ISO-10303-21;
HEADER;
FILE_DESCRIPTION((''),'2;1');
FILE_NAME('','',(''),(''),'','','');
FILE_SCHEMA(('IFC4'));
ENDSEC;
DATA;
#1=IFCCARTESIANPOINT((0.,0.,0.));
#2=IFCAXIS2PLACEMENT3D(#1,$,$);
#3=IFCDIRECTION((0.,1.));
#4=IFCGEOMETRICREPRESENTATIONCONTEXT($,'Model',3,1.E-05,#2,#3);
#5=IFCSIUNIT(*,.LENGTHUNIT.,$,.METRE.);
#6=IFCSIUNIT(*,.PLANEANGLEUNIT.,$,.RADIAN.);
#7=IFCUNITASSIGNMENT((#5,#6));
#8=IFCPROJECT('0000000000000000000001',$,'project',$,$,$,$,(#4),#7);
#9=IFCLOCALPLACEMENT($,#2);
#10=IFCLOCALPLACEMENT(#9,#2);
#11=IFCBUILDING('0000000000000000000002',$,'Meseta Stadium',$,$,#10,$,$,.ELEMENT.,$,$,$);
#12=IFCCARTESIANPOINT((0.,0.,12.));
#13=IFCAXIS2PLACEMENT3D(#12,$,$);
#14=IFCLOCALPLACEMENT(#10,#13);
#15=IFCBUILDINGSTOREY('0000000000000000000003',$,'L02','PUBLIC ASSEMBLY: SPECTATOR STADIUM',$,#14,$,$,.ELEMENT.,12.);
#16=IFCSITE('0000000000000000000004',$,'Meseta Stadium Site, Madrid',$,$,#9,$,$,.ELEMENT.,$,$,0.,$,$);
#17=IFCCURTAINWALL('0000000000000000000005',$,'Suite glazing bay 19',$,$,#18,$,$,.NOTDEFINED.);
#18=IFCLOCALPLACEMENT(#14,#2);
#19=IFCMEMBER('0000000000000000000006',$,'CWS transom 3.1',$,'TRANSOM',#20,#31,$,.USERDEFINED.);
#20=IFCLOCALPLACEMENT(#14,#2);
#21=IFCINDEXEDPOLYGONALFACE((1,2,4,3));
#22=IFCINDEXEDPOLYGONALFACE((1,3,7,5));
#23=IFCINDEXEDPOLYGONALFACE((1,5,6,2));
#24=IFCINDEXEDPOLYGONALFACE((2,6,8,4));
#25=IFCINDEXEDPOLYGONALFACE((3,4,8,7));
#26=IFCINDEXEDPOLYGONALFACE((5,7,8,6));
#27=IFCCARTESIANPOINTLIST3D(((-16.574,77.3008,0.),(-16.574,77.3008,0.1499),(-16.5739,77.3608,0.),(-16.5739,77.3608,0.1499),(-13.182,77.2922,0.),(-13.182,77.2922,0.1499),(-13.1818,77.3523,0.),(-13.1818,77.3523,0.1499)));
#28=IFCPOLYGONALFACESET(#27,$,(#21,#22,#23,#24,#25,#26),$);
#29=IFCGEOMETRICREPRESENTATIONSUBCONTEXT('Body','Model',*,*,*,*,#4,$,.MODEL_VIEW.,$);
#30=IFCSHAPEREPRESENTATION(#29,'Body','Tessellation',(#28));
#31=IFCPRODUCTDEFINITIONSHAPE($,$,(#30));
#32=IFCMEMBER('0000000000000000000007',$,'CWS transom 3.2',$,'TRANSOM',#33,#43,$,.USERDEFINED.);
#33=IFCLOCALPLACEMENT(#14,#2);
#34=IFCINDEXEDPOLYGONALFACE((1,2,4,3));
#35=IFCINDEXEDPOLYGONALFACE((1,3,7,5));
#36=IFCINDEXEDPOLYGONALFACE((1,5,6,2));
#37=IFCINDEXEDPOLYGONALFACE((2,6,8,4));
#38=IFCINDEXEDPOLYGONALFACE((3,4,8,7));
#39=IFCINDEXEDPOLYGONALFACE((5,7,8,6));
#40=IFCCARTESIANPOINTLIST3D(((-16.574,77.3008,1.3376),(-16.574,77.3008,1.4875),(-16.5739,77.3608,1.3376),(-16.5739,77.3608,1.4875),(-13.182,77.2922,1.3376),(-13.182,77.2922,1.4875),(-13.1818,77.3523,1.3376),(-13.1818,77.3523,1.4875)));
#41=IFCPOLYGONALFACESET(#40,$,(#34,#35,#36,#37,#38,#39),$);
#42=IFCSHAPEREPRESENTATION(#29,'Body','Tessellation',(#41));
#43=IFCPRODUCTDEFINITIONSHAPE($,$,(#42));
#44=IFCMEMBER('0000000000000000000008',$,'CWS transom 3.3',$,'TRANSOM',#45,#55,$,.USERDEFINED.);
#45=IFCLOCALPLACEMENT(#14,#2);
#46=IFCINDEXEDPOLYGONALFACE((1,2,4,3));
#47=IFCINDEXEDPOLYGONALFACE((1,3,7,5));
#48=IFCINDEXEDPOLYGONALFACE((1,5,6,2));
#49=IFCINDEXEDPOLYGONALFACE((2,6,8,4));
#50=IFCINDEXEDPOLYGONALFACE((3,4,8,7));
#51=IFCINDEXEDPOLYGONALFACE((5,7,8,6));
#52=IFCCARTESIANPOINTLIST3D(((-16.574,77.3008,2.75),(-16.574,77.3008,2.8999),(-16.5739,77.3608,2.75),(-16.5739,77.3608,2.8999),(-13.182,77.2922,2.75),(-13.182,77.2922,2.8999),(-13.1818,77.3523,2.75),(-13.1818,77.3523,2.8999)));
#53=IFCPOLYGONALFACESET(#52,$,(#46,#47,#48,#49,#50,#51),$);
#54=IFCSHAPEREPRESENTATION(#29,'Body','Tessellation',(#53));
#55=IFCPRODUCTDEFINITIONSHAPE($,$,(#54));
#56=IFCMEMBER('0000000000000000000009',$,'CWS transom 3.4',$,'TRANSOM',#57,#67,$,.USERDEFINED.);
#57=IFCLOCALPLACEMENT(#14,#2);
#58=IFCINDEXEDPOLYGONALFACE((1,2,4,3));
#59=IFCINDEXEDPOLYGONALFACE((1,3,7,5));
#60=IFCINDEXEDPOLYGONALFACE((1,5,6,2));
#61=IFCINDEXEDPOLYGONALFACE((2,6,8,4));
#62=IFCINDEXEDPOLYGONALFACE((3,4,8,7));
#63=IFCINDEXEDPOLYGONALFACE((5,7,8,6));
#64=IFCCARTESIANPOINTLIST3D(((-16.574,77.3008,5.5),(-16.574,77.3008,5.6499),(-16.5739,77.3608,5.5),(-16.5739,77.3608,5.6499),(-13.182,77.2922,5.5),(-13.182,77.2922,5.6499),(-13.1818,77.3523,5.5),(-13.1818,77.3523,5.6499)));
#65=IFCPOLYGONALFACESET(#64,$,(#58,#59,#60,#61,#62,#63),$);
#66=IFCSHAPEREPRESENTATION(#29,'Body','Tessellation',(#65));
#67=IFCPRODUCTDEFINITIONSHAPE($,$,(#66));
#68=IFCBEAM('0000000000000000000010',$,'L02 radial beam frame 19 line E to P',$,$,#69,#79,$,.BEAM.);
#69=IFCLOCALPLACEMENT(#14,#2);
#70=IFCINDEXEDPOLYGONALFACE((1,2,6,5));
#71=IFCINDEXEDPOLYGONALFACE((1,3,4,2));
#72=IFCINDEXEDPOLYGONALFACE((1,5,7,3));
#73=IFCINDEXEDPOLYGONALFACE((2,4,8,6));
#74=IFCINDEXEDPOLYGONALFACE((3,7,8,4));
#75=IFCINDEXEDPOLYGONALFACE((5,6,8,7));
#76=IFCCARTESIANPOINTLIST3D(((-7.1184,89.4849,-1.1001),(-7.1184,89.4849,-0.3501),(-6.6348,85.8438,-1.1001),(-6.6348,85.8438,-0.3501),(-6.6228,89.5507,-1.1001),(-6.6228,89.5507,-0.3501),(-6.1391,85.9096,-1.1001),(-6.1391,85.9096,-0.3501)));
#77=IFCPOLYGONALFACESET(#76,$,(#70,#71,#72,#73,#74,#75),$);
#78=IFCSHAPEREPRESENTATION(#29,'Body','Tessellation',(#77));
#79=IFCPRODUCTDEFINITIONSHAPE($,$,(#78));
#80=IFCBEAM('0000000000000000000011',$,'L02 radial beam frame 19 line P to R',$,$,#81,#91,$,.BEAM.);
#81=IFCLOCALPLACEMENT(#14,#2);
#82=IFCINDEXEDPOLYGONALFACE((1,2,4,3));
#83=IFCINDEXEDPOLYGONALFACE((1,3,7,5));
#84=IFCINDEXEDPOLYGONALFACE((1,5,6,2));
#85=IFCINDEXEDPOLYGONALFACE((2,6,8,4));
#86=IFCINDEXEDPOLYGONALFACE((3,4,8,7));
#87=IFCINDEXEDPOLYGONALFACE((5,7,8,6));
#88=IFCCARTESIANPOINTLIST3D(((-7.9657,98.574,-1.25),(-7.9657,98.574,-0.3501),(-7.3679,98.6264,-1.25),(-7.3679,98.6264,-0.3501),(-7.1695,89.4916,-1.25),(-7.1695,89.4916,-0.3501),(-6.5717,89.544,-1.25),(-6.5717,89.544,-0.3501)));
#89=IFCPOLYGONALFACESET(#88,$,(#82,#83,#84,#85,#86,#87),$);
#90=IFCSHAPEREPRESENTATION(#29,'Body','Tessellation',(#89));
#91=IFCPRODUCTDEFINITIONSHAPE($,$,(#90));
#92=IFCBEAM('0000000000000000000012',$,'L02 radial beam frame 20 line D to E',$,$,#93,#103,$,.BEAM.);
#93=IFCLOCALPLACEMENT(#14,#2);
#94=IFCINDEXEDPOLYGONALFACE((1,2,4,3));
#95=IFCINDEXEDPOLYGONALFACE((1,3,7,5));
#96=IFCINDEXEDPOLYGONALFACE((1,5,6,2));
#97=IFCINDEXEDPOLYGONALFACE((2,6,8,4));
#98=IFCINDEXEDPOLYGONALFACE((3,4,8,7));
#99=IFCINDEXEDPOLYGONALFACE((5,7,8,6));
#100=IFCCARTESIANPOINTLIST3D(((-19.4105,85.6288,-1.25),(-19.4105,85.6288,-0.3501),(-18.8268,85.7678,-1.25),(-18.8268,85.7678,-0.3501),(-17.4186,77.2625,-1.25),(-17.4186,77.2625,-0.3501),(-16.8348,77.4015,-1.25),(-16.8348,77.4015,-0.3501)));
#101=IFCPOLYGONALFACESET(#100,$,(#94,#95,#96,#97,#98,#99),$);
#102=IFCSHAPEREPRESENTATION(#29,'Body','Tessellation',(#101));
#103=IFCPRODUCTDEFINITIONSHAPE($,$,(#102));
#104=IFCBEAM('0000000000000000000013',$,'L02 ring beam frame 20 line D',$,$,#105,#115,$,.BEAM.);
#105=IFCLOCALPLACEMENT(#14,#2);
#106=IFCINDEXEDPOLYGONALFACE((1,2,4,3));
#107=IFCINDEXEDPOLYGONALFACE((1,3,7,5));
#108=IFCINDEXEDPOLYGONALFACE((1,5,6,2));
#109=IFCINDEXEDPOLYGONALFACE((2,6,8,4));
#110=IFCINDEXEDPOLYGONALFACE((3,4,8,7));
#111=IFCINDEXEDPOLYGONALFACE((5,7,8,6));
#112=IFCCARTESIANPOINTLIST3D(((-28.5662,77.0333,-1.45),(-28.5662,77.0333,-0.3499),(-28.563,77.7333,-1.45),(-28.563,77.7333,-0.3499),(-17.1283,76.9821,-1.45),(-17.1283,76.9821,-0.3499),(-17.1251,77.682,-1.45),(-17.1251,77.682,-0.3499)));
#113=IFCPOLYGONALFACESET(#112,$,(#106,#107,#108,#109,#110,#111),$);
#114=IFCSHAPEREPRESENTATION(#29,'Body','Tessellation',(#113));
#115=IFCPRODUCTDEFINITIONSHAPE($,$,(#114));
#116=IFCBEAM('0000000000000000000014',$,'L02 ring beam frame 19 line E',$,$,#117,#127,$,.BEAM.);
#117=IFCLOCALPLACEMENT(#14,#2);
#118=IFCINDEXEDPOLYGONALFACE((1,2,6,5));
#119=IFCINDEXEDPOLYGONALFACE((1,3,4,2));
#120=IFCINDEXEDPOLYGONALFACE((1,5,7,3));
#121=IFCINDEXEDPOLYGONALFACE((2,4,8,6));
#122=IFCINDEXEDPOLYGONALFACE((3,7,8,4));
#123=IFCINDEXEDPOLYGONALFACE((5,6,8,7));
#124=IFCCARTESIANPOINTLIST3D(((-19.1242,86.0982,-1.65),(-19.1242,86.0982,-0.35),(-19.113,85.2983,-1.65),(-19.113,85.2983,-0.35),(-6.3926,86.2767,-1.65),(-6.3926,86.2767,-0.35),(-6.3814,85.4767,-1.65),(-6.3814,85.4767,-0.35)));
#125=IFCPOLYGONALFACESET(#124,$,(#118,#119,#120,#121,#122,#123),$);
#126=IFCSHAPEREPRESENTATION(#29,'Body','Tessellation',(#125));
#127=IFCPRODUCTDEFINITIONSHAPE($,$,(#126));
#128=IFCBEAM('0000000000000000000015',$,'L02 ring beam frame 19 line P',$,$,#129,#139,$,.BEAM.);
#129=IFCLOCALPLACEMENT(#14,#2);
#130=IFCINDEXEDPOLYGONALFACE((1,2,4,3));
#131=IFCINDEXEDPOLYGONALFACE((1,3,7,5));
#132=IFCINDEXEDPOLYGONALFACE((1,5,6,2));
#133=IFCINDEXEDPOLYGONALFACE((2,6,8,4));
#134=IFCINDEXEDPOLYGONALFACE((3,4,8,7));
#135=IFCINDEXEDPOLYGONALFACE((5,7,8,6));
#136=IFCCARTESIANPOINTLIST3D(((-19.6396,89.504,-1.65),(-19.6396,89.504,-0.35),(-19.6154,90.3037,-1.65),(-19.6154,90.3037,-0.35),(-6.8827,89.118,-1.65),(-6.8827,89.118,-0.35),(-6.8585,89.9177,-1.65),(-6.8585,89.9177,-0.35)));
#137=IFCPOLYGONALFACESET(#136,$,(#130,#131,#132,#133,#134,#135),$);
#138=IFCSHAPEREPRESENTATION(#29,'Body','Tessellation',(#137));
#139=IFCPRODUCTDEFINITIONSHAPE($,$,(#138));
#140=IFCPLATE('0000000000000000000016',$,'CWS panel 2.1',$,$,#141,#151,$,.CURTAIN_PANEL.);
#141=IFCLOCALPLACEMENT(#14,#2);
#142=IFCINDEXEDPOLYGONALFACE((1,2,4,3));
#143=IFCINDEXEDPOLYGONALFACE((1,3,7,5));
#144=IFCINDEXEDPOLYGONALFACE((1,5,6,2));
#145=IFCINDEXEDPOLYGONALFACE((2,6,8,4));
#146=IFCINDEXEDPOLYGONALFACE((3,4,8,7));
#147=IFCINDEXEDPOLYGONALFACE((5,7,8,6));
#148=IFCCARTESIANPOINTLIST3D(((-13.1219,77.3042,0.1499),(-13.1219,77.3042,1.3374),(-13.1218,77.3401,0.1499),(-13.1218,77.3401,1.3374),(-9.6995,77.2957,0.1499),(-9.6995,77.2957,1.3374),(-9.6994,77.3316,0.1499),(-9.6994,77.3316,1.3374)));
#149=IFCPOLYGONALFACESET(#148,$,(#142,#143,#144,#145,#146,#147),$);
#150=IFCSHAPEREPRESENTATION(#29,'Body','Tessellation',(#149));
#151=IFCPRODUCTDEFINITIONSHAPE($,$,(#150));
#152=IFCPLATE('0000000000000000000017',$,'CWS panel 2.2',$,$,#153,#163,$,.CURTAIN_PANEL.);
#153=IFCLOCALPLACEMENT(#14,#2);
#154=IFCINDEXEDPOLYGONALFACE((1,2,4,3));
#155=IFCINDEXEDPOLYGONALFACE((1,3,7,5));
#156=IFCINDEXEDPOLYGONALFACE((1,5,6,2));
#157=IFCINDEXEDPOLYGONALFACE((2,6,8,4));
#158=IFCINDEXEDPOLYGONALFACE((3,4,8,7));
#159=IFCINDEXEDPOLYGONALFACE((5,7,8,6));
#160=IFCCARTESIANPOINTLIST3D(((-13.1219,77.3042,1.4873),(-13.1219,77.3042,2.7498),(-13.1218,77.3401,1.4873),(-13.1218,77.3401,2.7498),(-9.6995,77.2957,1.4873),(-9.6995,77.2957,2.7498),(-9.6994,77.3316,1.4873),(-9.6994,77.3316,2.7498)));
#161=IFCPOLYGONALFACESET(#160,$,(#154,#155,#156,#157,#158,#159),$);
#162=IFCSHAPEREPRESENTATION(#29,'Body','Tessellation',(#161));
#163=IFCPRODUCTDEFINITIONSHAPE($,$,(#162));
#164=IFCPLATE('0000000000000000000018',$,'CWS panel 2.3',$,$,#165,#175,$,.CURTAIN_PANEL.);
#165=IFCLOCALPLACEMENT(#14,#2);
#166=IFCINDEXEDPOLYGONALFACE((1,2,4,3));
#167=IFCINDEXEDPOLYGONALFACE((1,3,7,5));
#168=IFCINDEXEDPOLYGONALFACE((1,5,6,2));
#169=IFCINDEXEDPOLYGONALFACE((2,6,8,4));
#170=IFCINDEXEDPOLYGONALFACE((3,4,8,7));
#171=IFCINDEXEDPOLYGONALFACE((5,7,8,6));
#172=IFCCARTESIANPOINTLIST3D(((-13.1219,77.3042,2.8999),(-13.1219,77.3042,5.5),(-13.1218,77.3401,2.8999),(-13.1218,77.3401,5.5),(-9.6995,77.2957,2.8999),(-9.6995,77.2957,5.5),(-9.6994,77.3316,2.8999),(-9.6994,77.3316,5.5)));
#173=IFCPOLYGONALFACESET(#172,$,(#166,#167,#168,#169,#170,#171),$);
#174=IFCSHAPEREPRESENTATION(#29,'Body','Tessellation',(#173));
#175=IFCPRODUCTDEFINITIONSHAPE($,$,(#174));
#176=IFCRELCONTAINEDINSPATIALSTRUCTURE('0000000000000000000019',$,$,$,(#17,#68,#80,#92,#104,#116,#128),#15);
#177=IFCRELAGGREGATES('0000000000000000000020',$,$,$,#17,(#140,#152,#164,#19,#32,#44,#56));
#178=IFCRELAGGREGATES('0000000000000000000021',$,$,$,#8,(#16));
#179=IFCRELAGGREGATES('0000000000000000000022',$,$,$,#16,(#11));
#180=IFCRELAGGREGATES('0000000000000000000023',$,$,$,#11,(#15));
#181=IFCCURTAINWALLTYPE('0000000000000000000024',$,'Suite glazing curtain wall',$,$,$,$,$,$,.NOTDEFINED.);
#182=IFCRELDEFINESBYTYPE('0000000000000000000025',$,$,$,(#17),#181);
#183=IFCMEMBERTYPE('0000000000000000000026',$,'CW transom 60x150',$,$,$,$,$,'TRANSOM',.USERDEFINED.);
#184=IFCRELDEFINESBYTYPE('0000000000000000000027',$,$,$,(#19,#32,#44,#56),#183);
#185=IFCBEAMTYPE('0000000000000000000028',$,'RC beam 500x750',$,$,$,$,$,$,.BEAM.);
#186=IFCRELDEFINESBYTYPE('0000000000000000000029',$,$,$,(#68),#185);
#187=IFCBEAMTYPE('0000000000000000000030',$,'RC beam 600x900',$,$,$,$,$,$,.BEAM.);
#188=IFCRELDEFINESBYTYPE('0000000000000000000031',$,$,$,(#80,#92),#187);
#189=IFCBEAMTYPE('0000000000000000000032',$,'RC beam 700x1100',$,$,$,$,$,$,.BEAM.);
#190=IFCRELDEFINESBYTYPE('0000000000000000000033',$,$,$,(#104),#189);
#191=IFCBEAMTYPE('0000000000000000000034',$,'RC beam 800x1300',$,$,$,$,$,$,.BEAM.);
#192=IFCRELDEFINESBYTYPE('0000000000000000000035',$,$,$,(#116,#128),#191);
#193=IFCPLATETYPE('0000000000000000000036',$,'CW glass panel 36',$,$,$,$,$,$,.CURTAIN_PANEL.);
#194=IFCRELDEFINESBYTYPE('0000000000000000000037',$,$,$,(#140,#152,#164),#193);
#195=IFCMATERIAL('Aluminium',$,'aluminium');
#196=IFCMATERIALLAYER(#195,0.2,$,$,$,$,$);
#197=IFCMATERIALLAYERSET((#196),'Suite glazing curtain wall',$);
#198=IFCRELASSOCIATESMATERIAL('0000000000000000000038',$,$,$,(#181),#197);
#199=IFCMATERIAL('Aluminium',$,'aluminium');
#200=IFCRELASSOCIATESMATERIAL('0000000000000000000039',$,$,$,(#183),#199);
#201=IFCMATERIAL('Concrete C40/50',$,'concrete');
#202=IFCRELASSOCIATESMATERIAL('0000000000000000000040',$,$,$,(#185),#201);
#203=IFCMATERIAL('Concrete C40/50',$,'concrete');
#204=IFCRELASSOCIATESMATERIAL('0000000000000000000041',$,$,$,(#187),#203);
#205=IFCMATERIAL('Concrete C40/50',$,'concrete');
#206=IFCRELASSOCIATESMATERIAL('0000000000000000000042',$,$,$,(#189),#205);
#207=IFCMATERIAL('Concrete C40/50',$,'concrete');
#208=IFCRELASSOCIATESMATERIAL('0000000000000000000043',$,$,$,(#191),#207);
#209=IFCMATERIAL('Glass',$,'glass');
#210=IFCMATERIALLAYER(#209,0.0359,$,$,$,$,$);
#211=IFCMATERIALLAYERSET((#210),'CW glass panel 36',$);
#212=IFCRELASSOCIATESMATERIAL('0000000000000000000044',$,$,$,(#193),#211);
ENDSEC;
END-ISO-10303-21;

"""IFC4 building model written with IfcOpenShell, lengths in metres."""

from ifc_helpers import new_model, si_unit, direction, frame, origin, origin_2d, place, context, subcontext, project, spatial, rectangle, extrude, material, layer, layer_set, material_profile, profile_set, type_object, element, aggregate, save


model = new_model("IFC4")

# Units and contexts
model_context = context("Model", 3, precision=1e-05, world=origin(), true_north=direction((0.0, 1.0)))
body_context = subcontext(model_context, "Body", "Model", "MODEL_VIEW")
ifc_project = project(units=[si_unit("LENGTHUNIT", "METRE"), si_unit("PLANEANGLEUNIT", "RADIAN")], contexts=[model_context])

# Site, building, storey
site_placement = place(None, origin())
site = spatial("IfcSite", under=ifc_project, at=site_placement, Name="Meseta Stadium Site, Madrid", CompositionType="ELEMENT", RefElevation=0.0)
building_placement = place(site_placement, origin())
building = spatial("IfcBuilding", under=site, at=building_placement, Name="Meseta Stadium", CompositionType="ELEMENT")
storey_placement = place(building_placement, frame((0.0, 0.0, 12.0)))
storey = spatial("IfcBuildingStorey", under=building, at=storey_placement, Name="L02", Description="PUBLIC ASSEMBLY: SPECTATOR STADIUM", CompositionType="ELEMENT", Elevation=12.0)

# Curtain wall, members
ifc_material_1 = material(Name="Aluminium", Category="aluminium")
ifc_layer_1 = layer(ifc_material_1, 0.2)
ifc_layer_set_1 = layer_set([ifc_layer_1], Name="Suite glazing curtain wall")
curtain_wall_type = type_object("IfcCurtainWallType", Name="Suite glazing curtain wall", PredefinedType="NOTDEFINED", material=ifc_layer_set_1)
curtain_wall_placement = place(storey_placement, origin())
curtain_wall = element("IfcCurtainWall", 1, at=curtain_wall_placement, inside=storey, type_object=curtain_wall_type, Name="Suite glazing bay 19", PredefinedType="NOTDEFINED")
ifc_material_2 = material(Name="Aluminium", Category="aluminium")
ifc_material_profile_1 = material_profile(ifc_material_2, rectangle(XDim=0.0601, YDim=0.1499, at=origin_2d()), Name="CW 60x150")
ifc_profile_set_1 = profile_set([ifc_material_profile_1], Name="Aluminium")
member_type_1 = type_object("IfcMemberType", Name="CW transom 60x150", ElementType="TRANSOM", PredefinedType="USERDEFINED", material=ifc_profile_set_1)
member_1_placement = place(storey_placement, frame((-13.1819, 77.3223, 0.075), z_axis=(-0.999997, 0.002519, 0.0), x_axis=(-0.002519, -0.999997, 0.0)))
member_1 = element("IfcMember", 2, at=member_1_placement, type_object=member_type_1, Name="CWS transom 3.1", ObjectType="TRANSOM", PredefinedType="USERDEFINED", context=body_context, shape_type="SweptSolid", body=[
    extrude(rectangle(XDim=0.0601, YDim=0.1499, at=origin_2d()), origin(), (0.0, 0.0, 1.0), 3.3921),
])
member_2_placement = place(storey_placement, frame((-13.1819, 77.3223, 1.4126), z_axis=(-0.999997, 0.002519, 0.0), x_axis=(-0.002519, -0.999997, 0.0)))
member_2 = element("IfcMember", 3, at=member_2_placement, type_object=member_type_1, Name="CWS transom 3.2", ObjectType="TRANSOM", PredefinedType="USERDEFINED", context=body_context, shape_type="SweptSolid", body=[
    extrude(rectangle(XDim=0.0601, YDim=0.1499, at=origin_2d()), origin(), (0.0, 0.0, 1.0), 3.3921),
])
member_3_placement = place(storey_placement, frame((-13.1819, 77.3223, 2.825), z_axis=(-0.999997, 0.002519, 0.0), x_axis=(-0.002519, -0.999997, 0.0)))
member_3 = element("IfcMember", 4, at=member_3_placement, type_object=member_type_1, Name="CWS transom 3.3", ObjectType="TRANSOM", PredefinedType="USERDEFINED", context=body_context, shape_type="SweptSolid", body=[
    extrude(rectangle(XDim=0.0601, YDim=0.1499, at=origin_2d()), origin(), (0.0, 0.0, 1.0), 3.3921),
])
member_4_placement = place(storey_placement, frame((-13.1819, 77.3223, 5.575), z_axis=(-0.999997, 0.002519, 0.0), x_axis=(-0.002519, -0.999997, 0.0)))
member_4 = element("IfcMember", 5, at=member_4_placement, type_object=member_type_1, Name="CWS transom 3.4", ObjectType="TRANSOM", PredefinedType="USERDEFINED", context=body_context, shape_type="SweptSolid", body=[
    extrude(rectangle(XDim=0.0601, YDim=0.1499, at=origin_2d()), origin(), (0.0, 0.0, 1.0), 3.3921),
])

# Beams
ifc_material_3 = material(Name="Concrete C40/50", Category="concrete")
ifc_material_profile_2 = material_profile(ifc_material_3, rectangle(XDim=0.5, YDim=0.75, at=origin_2d()), Name="RC 500x750")
ifc_profile_set_2 = profile_set([ifc_material_profile_2], Name="Concrete C40/50")
beam_type_1 = type_object("IfcBeamType", Name="RC beam 500x750", PredefinedType="BEAM", material=ifc_profile_set_2)
beam_1_placement = place(storey_placement, frame((-6.387, 85.8767, -0.7251), z_axis=(-0.131672, 0.991293, 0.0), x_axis=(-0.991293, -0.131672, 0.0)))
element("IfcBeam", 6, at=beam_1_placement, inside=storey, type_object=beam_type_1, Name="L02 radial beam frame 19 line E to P", PredefinedType="BEAM", context=body_context, shape_type="SweptSolid", body=[
    extrude(rectangle(XDim=0.5, YDim=0.75, at=origin_2d()), origin(), (0.0, 0.0, 1.0), 3.6731),
])
ifc_material_4 = material(Name="Concrete C40/50", Category="concrete")
ifc_material_profile_3 = material_profile(ifc_material_4, rectangle(XDim=0.6001, YDim=0.8999, at=origin_2d()), Name="RC 600x900")
ifc_profile_set_3 = profile_set([ifc_material_profile_3], Name="Concrete C40/50")
beam_type_2 = type_object("IfcBeamType", Name="RC beam 600x900", PredefinedType="BEAM", material=ifc_profile_set_3)
beam_2_placement = place(storey_placement, frame((-6.8706, 89.5178, -0.8), z_axis=(-0.087324, 0.99618, 0.0), x_axis=(-0.99618, -0.087324, 0.0)))
element("IfcBeam", 7, at=beam_2_placement, inside=storey, type_object=beam_type_2, Name="L02 radial beam frame 19 line P to R", PredefinedType="BEAM", context=body_context, shape_type="SweptSolid", body=[
    extrude(rectangle(XDim=0.6001, YDim=0.8999, at=origin_2d()), origin(), (0.0, 0.0, 1.0), 9.1172),
])
beam_3_placement = place(storey_placement, frame((-17.1267, 77.332, -0.8), z_axis=(-0.231619, 0.972807, 0.0), x_axis=(-0.972807, -0.231619, 0.0)))
element("IfcBeam", 8, at=beam_3_placement, inside=storey, type_object=beam_type_2, Name="L02 radial beam frame 20 line D to E", PredefinedType="BEAM", context=body_context, shape_type="SweptSolid", body=[
    extrude(rectangle(XDim=0.6001, YDim=0.8999, at=origin_2d()), origin(), (0.0, 0.0, 1.0), 8.6001),
])
ifc_material_5 = material(Name="Concrete C40/50", Category="concrete")
ifc_material_profile_4 = material_profile(ifc_material_5, rectangle(XDim=0.7, YDim=1.1001, at=origin_2d()), Name="RC 700x1100")
ifc_profile_set_4 = profile_set([ifc_material_profile_4], Name="Concrete C40/50")
beam_type_3 = type_object("IfcBeamType", Name="RC beam 700x1100", PredefinedType="BEAM", material=ifc_profile_set_4)
beam_4_placement = place(storey_placement, frame((-17.1267, 77.332, -0.8999), z_axis=(-0.99999, 0.004482, 0.0), x_axis=(-0.004482, -0.99999, 0.0)))
element("IfcBeam", 9, at=beam_4_placement, inside=storey, type_object=beam_type_3, Name="L02 ring beam frame 20 line D", PredefinedType="BEAM", context=body_context, shape_type="SweptSolid", body=[
    extrude(rectangle(XDim=0.7, YDim=1.1001, at=origin_2d()), origin(), (0.0, 0.0, 1.0), 11.438),
])
ifc_material_6 = material(Name="Concrete C40/50", Category="concrete")
ifc_material_profile_5 = material_profile(ifc_material_6, rectangle(XDim=0.8, YDim=1.3, at=origin_2d()), Name="RC 800x1300")
ifc_profile_set_5 = profile_set([ifc_material_profile_5], Name="Concrete C40/50")
beam_type_4 = type_object("IfcBeamType", Name="RC beam 800x1300", PredefinedType="BEAM", material=ifc_profile_set_5)
beam_5_placement = place(storey_placement, frame((-6.387, 85.8767, -1.0), z_axis=(-0.999902, -0.014016, 0.0), x_axis=(0.014016, -0.999902, 0.0)))
element("IfcBeam", 10, at=beam_5_placement, inside=storey, type_object=beam_type_4, Name="L02 ring beam frame 19 line E", PredefinedType="BEAM", context=body_context, shape_type="SweptSolid", body=[
    extrude(rectangle(XDim=0.8, YDim=1.3, at=origin_2d()), origin(), (0.0, 0.0, 1.0), 12.7329),
])
beam_6_placement = place(storey_placement, frame((-6.8706, 89.5178, -1.0), z_axis=(-0.999543, 0.030243, 0.0), x_axis=(-0.030243, -0.999543, 0.0)))
element("IfcBeam", 11, at=beam_6_placement, inside=storey, type_object=beam_type_4, Name="L02 ring beam frame 19 line P", PredefinedType="BEAM", context=body_context, shape_type="SweptSolid", body=[
    extrude(rectangle(XDim=0.8, YDim=1.3, at=origin_2d()), origin(), (0.0, 0.0, 1.0), 12.7627),
])

# Plates
ifc_material_7 = material(Name="Glass", Category="glass")
ifc_layer_2 = layer(ifc_material_7, 0.0359)
ifc_layer_set_2 = layer_set([ifc_layer_2], Name="CW glass panel 36")
plate_type = type_object("IfcPlateType", Name="CW glass panel 36", PredefinedType="CURTAIN_PANEL", material=ifc_layer_set_2)
plate_1_placement = place(storey_placement, frame((-11.4106, 77.3179, 0.1499), z_axis=(0.0, 0.0, 1.0), x_axis=(-0.999997, 0.002486, 0.0)))
plate_1 = element("IfcPlate", 12, at=plate_1_placement, type_object=plate_type, Name="CWS panel 2.1", PredefinedType="CURTAIN_PANEL", context=body_context, shape_type="SweptSolid", body=[
    extrude(rectangle(XDim=3.4224, YDim=0.0359, at=origin_2d()), origin(), (0.0, 0.0, 1.0), 1.1875),
])
plate_2_placement = place(storey_placement, frame((-11.4106, 77.3179, 1.4873), z_axis=(0.0, 0.0, 1.0), x_axis=(-0.999997, 0.002486, 0.0)))
plate_2 = element("IfcPlate", 13, at=plate_2_placement, type_object=plate_type, Name="CWS panel 2.2", PredefinedType="CURTAIN_PANEL", context=body_context, shape_type="SweptSolid", body=[
    extrude(rectangle(XDim=3.4224, YDim=0.0359, at=origin_2d()), origin(), (0.0, 0.0, 1.0), 1.2625),
])
plate_3_placement = place(storey_placement, frame((-11.4106, 77.3179, 2.8999), z_axis=(0.0, 0.0, 1.0), x_axis=(-0.999997, 0.002486, 0.0)))
plate_3 = element("IfcPlate", 14, at=plate_3_placement, type_object=plate_type, Name="CWS panel 2.3", PredefinedType="CURTAIN_PANEL", context=body_context, shape_type="SweptSolid", body=[
    extrude(rectangle(XDim=3.4224, YDim=0.0359, at=origin_2d()), origin(), (0.0, 0.0, 1.0), 2.6001),
])
aggregate(curtain_wall, [plate_1, plate_2, plate_3, member_1, member_2, member_3, member_4])

save(model, "model.ifc")
